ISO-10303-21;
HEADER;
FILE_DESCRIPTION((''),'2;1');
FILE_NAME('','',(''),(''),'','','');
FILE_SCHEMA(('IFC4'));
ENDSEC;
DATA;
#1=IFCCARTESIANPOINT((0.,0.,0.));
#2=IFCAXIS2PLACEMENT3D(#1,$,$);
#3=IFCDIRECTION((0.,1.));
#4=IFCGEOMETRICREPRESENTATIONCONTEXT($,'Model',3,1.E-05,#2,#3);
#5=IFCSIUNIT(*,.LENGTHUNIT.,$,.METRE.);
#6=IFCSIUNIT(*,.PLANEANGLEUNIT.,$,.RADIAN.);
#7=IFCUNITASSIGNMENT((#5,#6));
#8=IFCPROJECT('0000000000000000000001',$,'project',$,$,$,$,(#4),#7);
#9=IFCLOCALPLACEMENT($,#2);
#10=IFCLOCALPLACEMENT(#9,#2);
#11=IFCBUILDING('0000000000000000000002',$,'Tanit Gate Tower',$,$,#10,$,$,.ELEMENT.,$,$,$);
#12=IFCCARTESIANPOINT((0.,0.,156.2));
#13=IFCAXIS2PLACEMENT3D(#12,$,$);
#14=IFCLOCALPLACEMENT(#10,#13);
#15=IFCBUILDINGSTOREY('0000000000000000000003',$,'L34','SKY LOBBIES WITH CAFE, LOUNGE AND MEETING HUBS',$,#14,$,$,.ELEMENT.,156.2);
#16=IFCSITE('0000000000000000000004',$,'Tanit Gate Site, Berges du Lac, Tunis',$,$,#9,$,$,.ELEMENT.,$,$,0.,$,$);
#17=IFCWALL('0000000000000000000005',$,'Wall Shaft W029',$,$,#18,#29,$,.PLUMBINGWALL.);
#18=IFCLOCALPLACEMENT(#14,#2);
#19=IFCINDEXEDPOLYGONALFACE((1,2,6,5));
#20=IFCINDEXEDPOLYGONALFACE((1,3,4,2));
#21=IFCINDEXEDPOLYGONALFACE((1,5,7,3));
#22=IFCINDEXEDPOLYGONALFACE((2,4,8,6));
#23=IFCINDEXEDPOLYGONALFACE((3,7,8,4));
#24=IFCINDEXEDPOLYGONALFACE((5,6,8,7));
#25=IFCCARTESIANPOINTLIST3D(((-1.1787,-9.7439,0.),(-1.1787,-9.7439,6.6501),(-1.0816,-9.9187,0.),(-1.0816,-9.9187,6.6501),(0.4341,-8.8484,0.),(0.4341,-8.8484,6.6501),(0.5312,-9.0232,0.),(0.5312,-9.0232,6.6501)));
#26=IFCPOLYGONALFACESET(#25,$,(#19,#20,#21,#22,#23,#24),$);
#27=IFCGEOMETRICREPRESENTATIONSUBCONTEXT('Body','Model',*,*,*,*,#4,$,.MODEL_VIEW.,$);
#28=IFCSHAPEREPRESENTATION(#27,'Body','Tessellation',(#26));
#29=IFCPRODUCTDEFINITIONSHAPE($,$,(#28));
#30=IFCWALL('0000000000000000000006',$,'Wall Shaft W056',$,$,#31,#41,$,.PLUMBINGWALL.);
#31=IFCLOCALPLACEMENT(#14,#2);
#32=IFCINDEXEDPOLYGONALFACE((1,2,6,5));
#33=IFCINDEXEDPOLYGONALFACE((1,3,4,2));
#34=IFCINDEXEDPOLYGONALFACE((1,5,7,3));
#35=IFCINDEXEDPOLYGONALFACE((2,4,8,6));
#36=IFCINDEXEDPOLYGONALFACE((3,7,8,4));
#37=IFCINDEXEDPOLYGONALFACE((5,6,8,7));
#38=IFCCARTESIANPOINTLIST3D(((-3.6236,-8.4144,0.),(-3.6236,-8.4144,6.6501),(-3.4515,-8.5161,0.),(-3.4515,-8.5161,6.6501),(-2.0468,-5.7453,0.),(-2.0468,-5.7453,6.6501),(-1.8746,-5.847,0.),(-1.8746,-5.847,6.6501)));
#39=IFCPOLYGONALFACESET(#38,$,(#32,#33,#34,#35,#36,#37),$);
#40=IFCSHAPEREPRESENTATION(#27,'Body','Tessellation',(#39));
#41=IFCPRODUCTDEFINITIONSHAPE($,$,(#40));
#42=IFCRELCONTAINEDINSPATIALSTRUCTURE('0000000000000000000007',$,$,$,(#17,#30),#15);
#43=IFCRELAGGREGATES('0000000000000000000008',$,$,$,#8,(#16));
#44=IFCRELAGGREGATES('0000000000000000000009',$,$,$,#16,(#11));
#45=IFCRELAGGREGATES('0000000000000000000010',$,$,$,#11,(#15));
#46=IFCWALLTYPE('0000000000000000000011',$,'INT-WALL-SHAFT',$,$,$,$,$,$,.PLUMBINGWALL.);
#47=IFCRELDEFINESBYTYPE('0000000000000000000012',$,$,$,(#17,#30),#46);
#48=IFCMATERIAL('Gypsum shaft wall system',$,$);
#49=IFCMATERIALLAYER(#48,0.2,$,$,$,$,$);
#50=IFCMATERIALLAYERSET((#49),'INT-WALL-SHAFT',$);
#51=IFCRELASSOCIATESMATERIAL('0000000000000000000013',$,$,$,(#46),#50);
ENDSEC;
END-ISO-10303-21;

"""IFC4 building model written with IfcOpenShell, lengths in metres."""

from ifc_helpers import new_model, si_unit, direction, frame, frame_2d, origin, place, context, subcontext, project, spatial, rectangle, extrude, material, layer, layer_set, type_object, element, save


model = new_model("IFC4")

# Units and contexts
model_context = context("Model", 3, precision=1e-05, world=origin(), true_north=direction((0.0, 1.0)))
body_context = subcontext(model_context, "Body", "Model", "MODEL_VIEW")
ifc_project = project(units=[si_unit("LENGTHUNIT", "METRE"), si_unit("PLANEANGLEUNIT", "RADIAN")], contexts=[model_context])

# Site, building, storey
site_placement = place(None, origin())
site = spatial("IfcSite", under=ifc_project, at=site_placement, Name="Tanit Gate Site, Berges du Lac, Tunis", CompositionType="ELEMENT", RefElevation=0.0)
building_placement = place(site_placement, origin())
building = spatial("IfcBuilding", under=site, at=building_placement, Name="Tanit Gate Tower", CompositionType="ELEMENT")
storey_placement = place(building_placement, frame((0.0, 0.0, 156.2)))
storey = spatial("IfcBuildingStorey", under=building, at=storey_placement, Name="L34", Description="SKY LOBBIES WITH CAFE, LOUNGE AND MEETING HUBS", CompositionType="ELEMENT", Elevation=156.2)

# Walls
ifc_material_1 = material(Name="Gypsum shaft wall system")
ifc_layer_1 = layer(ifc_material_1, 0.2)
ifc_layer_set_1 = layer_set([ifc_layer_1], Name="INT-WALL-SHAFT")
wall_type_1 = type_object("IfcWallType", Name="INT-WALL-SHAFT", PredefinedType="PLUMBINGWALL", material=ifc_layer_set_1)
wall_1_placement = place(storey_placement, frame((-1.1301, -9.8313, 0.0), z_axis=(0.0, 0.0, 1.0), x_axis=(0.87427, 0.485441, 0.0)))
element("IfcWall", 1, at=wall_1_placement, inside=storey, type_object=wall_type_1, Name="Wall Shaft W029", PredefinedType="PLUMBINGWALL", context=body_context, shape_type="SweptSolid", body=[
    extrude(rectangle(XDim=1.8447, YDim=0.2, at=frame_2d((0.9224, 0.0))), origin(), (0.0, 0.0, 1.0), 6.6501),
])
wall_2_placement = place(storey_placement, frame((-1.9607, -5.7961, 0.0), z_axis=(0.0, 0.0, 1.0), x_axis=(-0.508647, -0.860975, 0.0)))
element("IfcWall", 2, at=wall_2_placement, inside=storey, type_object=wall_type_1, Name="Wall Shaft W056", PredefinedType="PLUMBINGWALL", context=body_context, shape_type="SweptSolid", body=[
    extrude(rectangle(XDim=3.1001, YDim=0.2, at=frame_2d((1.55, 0.0))), origin(), (0.0, 0.0, 1.0), 6.6501),
])

save(model, "model.ifc")
